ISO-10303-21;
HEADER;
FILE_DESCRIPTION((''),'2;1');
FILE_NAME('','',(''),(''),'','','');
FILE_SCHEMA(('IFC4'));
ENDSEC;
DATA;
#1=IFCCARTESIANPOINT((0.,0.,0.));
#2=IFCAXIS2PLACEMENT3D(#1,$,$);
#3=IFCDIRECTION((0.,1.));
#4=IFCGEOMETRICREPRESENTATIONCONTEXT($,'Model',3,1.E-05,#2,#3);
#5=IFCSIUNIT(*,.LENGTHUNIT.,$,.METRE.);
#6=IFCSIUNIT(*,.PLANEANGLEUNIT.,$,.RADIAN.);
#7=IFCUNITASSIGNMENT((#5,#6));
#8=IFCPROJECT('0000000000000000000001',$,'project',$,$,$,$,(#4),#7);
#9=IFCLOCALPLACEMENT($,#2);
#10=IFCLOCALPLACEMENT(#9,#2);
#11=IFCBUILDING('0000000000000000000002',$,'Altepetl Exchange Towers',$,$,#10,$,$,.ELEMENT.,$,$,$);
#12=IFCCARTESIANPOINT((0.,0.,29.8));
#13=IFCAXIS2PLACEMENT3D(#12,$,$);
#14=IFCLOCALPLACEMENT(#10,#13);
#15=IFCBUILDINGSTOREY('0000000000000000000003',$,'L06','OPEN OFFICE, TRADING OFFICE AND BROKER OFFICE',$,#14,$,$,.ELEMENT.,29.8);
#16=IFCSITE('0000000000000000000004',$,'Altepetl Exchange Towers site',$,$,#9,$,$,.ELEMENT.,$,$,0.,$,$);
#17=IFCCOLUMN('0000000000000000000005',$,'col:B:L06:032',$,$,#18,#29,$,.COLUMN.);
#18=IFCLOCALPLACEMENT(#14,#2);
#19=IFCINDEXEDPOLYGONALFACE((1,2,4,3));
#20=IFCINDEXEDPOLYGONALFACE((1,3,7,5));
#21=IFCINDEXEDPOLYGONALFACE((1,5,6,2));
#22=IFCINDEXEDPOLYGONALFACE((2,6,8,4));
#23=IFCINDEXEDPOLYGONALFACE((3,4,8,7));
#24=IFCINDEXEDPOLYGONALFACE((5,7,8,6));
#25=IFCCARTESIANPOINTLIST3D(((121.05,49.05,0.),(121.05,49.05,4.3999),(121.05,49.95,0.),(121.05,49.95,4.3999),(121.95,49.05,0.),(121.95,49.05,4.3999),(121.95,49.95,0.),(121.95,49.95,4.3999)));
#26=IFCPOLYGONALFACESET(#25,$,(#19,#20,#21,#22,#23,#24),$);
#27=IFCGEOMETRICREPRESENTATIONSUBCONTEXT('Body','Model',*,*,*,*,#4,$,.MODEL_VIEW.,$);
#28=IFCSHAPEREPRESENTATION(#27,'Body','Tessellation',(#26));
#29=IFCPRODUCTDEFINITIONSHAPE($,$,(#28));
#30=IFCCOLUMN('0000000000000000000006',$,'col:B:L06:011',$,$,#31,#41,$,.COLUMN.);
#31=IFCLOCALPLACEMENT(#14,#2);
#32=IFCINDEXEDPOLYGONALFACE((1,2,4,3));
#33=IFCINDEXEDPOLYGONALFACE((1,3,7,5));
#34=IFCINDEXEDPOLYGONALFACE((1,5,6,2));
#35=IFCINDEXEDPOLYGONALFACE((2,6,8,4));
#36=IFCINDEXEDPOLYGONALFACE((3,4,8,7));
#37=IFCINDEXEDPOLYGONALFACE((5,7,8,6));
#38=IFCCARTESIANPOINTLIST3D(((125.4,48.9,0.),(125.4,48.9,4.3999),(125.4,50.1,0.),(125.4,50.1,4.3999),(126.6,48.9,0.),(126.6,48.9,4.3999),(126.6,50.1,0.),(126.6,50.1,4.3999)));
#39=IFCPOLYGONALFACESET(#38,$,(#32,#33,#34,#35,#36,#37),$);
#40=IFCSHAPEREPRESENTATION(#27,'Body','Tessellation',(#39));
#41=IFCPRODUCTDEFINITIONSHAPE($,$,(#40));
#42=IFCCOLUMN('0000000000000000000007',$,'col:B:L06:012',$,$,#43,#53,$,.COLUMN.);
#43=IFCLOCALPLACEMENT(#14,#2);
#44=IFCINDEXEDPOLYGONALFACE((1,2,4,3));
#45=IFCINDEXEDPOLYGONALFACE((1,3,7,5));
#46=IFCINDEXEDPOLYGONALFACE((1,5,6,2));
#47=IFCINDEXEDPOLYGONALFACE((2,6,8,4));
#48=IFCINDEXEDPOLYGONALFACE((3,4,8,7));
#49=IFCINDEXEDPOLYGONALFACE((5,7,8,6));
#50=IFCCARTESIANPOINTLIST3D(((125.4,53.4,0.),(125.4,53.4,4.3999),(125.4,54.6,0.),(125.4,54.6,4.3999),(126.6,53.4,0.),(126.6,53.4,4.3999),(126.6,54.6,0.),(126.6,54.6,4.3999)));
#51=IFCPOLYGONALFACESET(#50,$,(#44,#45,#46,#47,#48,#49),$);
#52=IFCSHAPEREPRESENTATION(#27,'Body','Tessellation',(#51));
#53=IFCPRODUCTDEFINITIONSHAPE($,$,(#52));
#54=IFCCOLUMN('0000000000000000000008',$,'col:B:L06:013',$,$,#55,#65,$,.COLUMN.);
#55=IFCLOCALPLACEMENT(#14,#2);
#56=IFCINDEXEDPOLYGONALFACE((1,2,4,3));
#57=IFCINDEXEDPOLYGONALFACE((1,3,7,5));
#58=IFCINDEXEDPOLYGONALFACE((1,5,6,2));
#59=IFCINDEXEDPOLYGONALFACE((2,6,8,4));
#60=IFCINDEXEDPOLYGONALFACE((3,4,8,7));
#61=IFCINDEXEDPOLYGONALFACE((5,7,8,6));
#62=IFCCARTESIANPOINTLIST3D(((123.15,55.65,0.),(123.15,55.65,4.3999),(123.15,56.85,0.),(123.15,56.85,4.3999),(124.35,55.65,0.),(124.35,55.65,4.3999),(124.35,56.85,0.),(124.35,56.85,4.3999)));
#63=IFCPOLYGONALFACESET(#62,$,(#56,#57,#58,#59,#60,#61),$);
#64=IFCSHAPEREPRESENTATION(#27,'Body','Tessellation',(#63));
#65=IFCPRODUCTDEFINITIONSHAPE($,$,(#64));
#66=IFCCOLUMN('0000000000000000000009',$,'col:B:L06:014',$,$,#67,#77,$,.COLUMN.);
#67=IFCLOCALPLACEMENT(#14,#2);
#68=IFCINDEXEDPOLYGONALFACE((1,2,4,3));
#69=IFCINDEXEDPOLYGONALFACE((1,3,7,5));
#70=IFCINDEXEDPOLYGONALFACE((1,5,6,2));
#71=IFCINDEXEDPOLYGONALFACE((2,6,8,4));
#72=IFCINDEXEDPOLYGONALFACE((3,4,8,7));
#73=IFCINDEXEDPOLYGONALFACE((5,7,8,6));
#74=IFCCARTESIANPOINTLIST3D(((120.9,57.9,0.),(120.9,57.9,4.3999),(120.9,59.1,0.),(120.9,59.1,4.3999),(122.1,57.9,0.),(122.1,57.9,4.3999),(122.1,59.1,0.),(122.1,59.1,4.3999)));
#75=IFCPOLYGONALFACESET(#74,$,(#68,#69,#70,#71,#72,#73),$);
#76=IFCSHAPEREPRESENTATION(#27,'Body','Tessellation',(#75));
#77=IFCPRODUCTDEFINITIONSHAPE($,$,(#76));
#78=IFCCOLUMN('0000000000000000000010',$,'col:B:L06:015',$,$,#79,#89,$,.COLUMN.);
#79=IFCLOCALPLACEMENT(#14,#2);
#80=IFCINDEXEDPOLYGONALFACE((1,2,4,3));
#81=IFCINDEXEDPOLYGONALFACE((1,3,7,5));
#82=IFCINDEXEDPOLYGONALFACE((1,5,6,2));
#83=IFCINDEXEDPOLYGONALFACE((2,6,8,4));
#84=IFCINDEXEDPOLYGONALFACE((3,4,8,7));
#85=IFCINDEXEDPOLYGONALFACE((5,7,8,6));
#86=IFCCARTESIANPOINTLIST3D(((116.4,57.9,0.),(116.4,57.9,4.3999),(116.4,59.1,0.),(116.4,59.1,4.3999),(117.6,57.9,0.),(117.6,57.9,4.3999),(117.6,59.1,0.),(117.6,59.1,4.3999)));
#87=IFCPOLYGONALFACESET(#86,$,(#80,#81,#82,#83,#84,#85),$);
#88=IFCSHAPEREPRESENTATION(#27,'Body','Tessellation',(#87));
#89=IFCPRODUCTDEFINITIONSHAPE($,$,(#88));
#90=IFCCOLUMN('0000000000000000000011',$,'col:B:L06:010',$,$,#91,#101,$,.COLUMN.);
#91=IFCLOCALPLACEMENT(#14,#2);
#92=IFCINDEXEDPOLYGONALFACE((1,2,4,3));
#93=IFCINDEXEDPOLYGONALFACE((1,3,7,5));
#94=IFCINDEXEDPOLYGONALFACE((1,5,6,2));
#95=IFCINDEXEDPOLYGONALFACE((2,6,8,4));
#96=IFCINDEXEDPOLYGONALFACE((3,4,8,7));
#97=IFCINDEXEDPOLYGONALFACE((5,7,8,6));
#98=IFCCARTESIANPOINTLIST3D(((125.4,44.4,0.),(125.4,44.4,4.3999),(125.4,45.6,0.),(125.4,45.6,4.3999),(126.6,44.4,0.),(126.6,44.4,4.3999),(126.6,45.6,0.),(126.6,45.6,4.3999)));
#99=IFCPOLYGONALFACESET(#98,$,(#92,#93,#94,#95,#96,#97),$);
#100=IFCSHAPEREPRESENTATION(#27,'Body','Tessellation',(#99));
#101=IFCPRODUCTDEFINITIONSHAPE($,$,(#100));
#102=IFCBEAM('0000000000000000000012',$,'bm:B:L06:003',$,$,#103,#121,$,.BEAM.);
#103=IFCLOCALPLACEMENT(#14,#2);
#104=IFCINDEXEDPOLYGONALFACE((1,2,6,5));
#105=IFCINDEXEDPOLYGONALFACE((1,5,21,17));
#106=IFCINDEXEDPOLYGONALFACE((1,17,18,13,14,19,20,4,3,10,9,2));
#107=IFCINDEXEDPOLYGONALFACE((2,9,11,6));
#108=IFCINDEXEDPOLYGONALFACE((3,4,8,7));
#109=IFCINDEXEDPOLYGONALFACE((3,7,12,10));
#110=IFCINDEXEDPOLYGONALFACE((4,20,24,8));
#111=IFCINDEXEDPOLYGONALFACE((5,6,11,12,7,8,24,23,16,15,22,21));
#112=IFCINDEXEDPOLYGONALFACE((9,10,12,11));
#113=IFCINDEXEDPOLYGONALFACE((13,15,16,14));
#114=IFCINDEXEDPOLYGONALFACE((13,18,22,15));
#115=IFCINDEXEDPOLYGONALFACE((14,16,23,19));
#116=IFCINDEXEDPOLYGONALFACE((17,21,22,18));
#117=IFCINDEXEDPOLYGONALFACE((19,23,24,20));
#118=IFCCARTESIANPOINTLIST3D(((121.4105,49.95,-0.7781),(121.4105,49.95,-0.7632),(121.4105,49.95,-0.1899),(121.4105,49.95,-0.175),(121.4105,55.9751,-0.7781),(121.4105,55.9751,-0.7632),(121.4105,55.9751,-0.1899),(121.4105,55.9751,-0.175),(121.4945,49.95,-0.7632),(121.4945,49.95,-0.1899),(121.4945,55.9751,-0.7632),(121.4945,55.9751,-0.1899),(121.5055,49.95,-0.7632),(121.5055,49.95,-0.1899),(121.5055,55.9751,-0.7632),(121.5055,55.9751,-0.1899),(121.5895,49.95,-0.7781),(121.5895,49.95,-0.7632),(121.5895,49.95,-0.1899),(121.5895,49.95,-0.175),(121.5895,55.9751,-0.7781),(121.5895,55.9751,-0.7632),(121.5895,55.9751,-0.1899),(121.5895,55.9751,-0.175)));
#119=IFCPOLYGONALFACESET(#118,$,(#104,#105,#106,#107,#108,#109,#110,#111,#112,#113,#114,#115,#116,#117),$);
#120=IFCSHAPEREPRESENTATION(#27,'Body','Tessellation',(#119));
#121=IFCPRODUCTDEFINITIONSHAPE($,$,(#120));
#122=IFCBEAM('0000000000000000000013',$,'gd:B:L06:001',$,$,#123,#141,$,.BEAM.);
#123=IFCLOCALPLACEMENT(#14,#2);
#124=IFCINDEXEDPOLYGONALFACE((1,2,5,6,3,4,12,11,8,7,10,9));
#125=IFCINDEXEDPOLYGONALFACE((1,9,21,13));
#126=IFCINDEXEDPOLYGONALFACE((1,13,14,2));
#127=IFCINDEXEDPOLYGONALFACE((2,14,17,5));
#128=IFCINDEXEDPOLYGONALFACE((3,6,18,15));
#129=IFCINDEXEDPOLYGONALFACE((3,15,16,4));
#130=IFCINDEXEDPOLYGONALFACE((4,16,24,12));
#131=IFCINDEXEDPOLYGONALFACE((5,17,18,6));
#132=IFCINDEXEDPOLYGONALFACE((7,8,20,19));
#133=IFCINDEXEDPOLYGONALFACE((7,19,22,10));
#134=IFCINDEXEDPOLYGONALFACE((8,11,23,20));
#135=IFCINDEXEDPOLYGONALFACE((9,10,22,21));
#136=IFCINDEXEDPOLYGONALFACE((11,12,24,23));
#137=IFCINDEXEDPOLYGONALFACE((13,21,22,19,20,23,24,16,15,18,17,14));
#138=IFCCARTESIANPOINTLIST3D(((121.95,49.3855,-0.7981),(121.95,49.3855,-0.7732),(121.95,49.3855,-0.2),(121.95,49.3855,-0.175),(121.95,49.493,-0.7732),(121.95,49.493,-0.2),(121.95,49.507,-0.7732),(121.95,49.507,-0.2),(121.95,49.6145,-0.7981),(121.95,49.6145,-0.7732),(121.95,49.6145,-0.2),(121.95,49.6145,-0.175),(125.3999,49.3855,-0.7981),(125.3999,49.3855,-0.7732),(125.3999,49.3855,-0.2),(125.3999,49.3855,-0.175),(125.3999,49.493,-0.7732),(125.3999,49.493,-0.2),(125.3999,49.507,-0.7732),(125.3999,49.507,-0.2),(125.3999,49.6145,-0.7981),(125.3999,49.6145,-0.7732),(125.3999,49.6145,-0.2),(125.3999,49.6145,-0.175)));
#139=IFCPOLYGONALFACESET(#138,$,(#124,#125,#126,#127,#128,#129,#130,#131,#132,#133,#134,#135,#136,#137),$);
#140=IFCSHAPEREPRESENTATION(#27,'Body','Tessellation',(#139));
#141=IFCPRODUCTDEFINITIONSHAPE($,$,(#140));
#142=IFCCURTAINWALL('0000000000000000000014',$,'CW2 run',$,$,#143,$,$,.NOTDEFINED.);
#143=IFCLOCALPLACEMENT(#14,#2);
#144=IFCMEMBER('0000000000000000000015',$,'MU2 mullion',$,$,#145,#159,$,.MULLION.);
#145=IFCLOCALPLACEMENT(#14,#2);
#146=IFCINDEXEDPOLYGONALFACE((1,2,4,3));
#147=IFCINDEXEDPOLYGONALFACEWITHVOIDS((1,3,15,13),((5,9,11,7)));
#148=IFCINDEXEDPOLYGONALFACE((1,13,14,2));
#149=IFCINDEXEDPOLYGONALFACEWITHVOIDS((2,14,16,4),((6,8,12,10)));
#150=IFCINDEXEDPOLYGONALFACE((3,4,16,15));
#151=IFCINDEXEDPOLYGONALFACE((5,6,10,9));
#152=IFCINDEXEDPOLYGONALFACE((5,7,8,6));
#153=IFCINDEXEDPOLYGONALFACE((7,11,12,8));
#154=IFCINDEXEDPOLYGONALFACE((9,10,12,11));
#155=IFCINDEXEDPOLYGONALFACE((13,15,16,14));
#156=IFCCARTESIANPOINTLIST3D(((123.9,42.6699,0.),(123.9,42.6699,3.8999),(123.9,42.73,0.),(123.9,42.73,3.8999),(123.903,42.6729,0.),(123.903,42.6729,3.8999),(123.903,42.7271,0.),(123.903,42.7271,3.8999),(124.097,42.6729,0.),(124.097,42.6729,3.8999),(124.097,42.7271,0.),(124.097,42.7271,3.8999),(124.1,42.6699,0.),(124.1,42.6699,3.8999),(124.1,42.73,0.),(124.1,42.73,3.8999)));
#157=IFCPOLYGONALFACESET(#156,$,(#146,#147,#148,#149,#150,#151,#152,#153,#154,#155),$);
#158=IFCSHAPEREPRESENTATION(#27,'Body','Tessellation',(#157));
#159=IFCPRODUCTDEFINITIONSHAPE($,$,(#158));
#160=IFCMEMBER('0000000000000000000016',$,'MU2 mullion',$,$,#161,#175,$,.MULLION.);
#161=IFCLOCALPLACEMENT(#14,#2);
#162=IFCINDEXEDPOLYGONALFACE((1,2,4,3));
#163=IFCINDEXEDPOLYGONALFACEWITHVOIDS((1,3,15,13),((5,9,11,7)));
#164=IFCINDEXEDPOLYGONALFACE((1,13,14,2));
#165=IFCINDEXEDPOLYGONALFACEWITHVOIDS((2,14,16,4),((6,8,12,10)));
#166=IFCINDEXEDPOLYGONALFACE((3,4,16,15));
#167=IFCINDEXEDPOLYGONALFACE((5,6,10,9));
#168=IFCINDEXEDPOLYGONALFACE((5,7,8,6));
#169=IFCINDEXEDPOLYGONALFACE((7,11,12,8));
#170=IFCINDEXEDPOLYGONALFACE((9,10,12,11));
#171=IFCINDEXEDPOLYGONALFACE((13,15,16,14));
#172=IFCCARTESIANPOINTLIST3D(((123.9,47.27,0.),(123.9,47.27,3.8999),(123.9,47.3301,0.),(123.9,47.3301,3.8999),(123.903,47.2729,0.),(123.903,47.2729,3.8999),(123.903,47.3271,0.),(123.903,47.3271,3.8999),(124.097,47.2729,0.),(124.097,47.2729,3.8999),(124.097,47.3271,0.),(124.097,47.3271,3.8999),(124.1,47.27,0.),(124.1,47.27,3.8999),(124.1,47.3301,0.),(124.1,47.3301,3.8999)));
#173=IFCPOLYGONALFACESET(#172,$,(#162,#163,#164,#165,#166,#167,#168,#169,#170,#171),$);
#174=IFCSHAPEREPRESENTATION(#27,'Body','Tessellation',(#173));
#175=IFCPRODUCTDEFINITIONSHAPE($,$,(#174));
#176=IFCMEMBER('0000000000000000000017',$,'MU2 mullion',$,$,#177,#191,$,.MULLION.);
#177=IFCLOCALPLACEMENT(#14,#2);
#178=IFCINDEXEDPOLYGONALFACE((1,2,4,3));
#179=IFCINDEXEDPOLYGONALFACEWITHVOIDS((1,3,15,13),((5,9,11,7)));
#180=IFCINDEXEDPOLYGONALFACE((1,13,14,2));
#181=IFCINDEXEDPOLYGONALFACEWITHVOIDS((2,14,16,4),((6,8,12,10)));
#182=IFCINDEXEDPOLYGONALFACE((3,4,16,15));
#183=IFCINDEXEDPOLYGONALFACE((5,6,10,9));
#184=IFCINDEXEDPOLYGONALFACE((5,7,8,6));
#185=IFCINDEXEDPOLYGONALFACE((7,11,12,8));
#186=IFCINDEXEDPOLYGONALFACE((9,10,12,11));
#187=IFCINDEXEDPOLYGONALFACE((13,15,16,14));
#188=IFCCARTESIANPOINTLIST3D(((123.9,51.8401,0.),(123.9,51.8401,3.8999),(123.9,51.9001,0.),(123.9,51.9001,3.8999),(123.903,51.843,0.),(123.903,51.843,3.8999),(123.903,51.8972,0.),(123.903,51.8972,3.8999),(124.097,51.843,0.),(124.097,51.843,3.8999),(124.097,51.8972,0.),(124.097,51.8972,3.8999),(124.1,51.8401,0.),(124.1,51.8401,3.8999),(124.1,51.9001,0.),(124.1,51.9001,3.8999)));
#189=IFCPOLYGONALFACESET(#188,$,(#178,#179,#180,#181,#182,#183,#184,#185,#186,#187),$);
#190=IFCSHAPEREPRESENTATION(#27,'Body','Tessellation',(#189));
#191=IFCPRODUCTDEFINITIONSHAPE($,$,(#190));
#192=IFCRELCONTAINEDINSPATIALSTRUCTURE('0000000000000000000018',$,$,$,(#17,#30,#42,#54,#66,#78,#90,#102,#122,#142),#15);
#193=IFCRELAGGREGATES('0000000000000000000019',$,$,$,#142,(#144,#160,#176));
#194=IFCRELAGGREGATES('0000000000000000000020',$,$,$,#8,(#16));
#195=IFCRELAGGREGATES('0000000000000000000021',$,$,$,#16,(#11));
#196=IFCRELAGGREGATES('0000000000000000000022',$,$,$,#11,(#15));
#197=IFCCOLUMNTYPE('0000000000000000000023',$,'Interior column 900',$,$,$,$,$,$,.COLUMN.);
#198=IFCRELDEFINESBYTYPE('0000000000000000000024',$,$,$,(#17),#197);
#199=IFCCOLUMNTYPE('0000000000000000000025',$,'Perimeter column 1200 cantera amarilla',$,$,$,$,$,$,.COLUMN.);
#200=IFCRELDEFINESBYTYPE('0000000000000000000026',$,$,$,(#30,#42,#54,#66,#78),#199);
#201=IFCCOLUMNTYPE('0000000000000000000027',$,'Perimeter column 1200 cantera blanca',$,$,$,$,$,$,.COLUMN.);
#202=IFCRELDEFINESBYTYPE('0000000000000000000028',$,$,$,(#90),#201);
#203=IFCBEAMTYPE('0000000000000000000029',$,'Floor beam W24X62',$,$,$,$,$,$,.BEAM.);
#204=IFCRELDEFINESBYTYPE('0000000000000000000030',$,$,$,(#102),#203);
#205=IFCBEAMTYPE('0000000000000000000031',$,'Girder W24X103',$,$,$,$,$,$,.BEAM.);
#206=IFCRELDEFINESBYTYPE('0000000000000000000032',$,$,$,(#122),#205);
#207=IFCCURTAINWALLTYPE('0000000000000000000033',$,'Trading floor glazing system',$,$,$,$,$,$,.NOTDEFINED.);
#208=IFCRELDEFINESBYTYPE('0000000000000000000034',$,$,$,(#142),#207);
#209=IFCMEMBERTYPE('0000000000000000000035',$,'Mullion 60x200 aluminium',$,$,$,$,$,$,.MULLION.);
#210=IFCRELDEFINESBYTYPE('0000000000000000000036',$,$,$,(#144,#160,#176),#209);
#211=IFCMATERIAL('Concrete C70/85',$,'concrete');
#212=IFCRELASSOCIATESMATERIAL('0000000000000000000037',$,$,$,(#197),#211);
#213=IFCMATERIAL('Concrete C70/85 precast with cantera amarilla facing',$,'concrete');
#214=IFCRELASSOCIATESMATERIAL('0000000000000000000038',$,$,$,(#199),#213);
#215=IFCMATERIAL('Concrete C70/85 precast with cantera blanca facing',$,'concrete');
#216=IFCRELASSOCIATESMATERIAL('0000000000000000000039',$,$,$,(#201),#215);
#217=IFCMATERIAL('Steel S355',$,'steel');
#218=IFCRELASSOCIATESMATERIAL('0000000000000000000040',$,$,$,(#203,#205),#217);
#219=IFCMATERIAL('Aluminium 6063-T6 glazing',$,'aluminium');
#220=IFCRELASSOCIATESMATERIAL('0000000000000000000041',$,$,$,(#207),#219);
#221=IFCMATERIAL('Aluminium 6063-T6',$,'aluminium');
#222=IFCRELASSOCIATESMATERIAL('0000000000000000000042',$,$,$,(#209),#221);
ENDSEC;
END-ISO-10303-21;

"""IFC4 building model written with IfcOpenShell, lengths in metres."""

from ifc_helpers import new_model, si_unit, direction, frame, origin, origin_2d, place, context, subcontext, project, spatial, rectangle, hollow_rectangle, i_section, extrude, material, material_profile, profile_set, type_object, element, aggregate, save


model = new_model("IFC4")

# Units and contexts
model_context = context("Model", 3, precision=1e-05, world=origin(), true_north=direction((0.0, 1.0)))
body_context = subcontext(model_context, "Body", "Model", "MODEL_VIEW")
ifc_project = project(units=[si_unit("LENGTHUNIT", "METRE"), si_unit("PLANEANGLEUNIT", "RADIAN")], contexts=[model_context])

# Site, building, storey
site_placement = place(None, origin())
site = spatial("IfcSite", under=ifc_project, at=site_placement, Name="Altepetl Exchange Towers site", CompositionType="ELEMENT", RefElevation=0.0)
building_placement = place(site_placement, origin())
building = spatial("IfcBuilding", under=site, at=building_placement, Name="Altepetl Exchange Towers", CompositionType="ELEMENT")
storey_placement = place(building_placement, frame((0.0, 0.0, 29.8)))
storey = spatial("IfcBuildingStorey", under=building, at=storey_placement, Name="L06", Description="OPEN OFFICE, TRADING OFFICE AND BROKER OFFICE", CompositionType="ELEMENT", Elevation=29.8)

# Columns
ifc_material_1 = material(Name="Concrete C70/85", Category="concrete")
ifc_material_profile_1 = material_profile(ifc_material_1, rectangle(XDim=0.8999, YDim=0.8999, at=origin_2d()), Name="900 x 900")
ifc_profile_set_1 = profile_set([ifc_material_profile_1], Name="Concrete C70/85")
column_type_1 = type_object("IfcColumnType", Name="Interior column 900", PredefinedType="COLUMN", material=ifc_profile_set_1)
column_1_placement = place(storey_placement, frame((121.5, 49.5, 0.0)))
element("IfcColumn", 1, at=column_1_placement, inside=storey, type_object=column_type_1, Name="col:B:L06:032", PredefinedType="COLUMN", context=body_context, shape_type="SweptSolid", body=[
    extrude(rectangle(XDim=0.8999, YDim=0.8999, at=origin_2d()), origin(), (0.0, 0.0, 1.0), 4.3999),
])
ifc_material_2 = material(Name="Concrete C70/85 precast with cantera amarilla facing", Category="concrete")
ifc_material_profile_2 = material_profile(ifc_material_2, rectangle(XDim=1.2, YDim=1.2, at=origin_2d()), Name="1200 x 1200")
ifc_profile_set_2 = profile_set([ifc_material_profile_2], Name="Concrete C70/85 precast with cantera amarilla facing")
column_type_2 = type_object("IfcColumnType", Name="Perimeter column 1200 cantera amarilla", PredefinedType="COLUMN", material=ifc_profile_set_2)
for number, where, name in (
    (2, (126.0, 49.5, 0.0), "col:B:L06:011"),
    (3, (126.0, 54.0, 0.0), "col:B:L06:012"),
    (4, (123.75, 56.25, 0.0), "col:B:L06:013"),
    (5, (121.5, 58.5, 0.0), "col:B:L06:014"),
    (6, (117.0, 58.5, 0.0), "col:B:L06:015"),
):
    element("IfcColumn", number, at=place(storey_placement, frame(where)), inside=storey, type_object=column_type_2, Name=name, PredefinedType="COLUMN", context=body_context, shape_type="SweptSolid", body=[
        extrude(rectangle(XDim=1.2, YDim=1.2, at=origin_2d()), origin(), (0.0, 0.0, 1.0), 4.3999),
    ])
ifc_material_3 = material(Name="Concrete C70/85 precast with cantera blanca facing", Category="concrete")
ifc_material_profile_3 = material_profile(ifc_material_3, rectangle(XDim=1.2, YDim=1.2, at=origin_2d()), Name="1200 x 1200")
ifc_profile_set_3 = profile_set([ifc_material_profile_3], Name="Concrete C70/85 precast with cantera blanca facing")
column_type_3 = type_object("IfcColumnType", Name="Perimeter column 1200 cantera blanca", PredefinedType="COLUMN", material=ifc_profile_set_3)
column_2_placement = place(storey_placement, frame((126.0, 45.0, 0.0)))
element("IfcColumn", 7, at=column_2_placement, inside=storey, type_object=column_type_3, Name="col:B:L06:010", PredefinedType="COLUMN", context=body_context, shape_type="SweptSolid", body=[
    extrude(rectangle(XDim=1.2, YDim=1.2, at=origin_2d()), origin(), (0.0, 0.0, 1.0), 4.3999),
])

# Beams
ifc_material_4 = material(Name="Steel S355", Category="steel")
ifc_material_profile_4 = material_profile(ifc_material_4, i_section(OverallWidth=0.179, OverallDepth=0.603, WebThickness=0.011, FlangeThickness=0.0149, at=origin_2d()), Name="W24X62")
ifc_profile_set_4 = profile_set([ifc_material_profile_4], Name="Steel S355")
beam_type_1 = type_object("IfcBeamType", Name="Floor beam W24X62", PredefinedType="BEAM", material=ifc_profile_set_4)
beam_1_placement = place(storey_placement, frame((121.5, 49.95, -0.4766), z_axis=(0.0, 1.0, 0.0), x_axis=(-1.0, 0.0, 0.0)))
element("IfcBeam", 8, at=beam_1_placement, inside=storey, type_object=beam_type_1, Name="bm:B:L06:003", PredefinedType="BEAM", context=body_context, shape_type="SweptSolid", body=[
    extrude(i_section(OverallWidth=0.179, OverallDepth=0.603, WebThickness=0.011, FlangeThickness=0.0149, at=origin_2d()), origin(), (0.0, 0.0, 1.0), 6.0251),
])
ifc_material_profile_5 = material_profile(ifc_material_4, i_section(OverallWidth=0.229, OverallDepth=0.623, WebThickness=0.0139, FlangeThickness=0.0249, at=origin_2d()), Name="W24X103")
ifc_profile_set_5 = profile_set([ifc_material_profile_5], Name="Steel S355")
beam_type_2 = type_object("IfcBeamType", Name="Girder W24X103", PredefinedType="BEAM", material=ifc_profile_set_5)
beam_2_placement = place(storey_placement, frame((121.95, 49.5, -0.4866), z_axis=(1.0, 0.0, 0.0), x_axis=(0.0, 1.0, 0.0)))
element("IfcBeam", 9, at=beam_2_placement, inside=storey, type_object=beam_type_2, Name="gd:B:L06:001", PredefinedType="BEAM", context=body_context, shape_type="SweptSolid", body=[
    extrude(i_section(OverallWidth=0.229, OverallDepth=0.623, WebThickness=0.0139, FlangeThickness=0.0249, at=origin_2d()), origin(), (0.0, 0.0, 1.0), 3.45),
])

# Curtain wall, members
ifc_material_5 = material(Name="Aluminium 6063-T6 glazing", Category="aluminium")
curtain_wall_type = type_object("IfcCurtainWallType", Name="Trading floor glazing system", PredefinedType="NOTDEFINED", material=ifc_material_5)
curtain_wall_1_placement = place(storey_placement, origin())
curtain_wall_1 = element("IfcCurtainWall", 10, at=curtain_wall_1_placement, inside=storey, type_object=curtain_wall_type, Name="CW2 run", PredefinedType="NOTDEFINED")
ifc_material_6 = material(Name="Aluminium 6063-T6", Category="aluminium")
ifc_material_profile_6 = material_profile(ifc_material_6, hollow_rectangle(XDim=0.0601, YDim=0.2, WallThickness=0.0029, at=origin_2d()), Name="Mullion 60x200 aluminium")
ifc_profile_set_6 = profile_set([ifc_material_profile_6], Name="Aluminium 6063-T6")
member_type = type_object("IfcMemberType", Name="Mullion 60x200 aluminium", PredefinedType="MULLION", material=ifc_profile_set_6)
member_1_placement = place(storey_placement, frame((124.0, 42.7, 0.0), z_axis=(0.0, 0.0, 1.0), x_axis=(0.0, 1.0, 0.0)))
member_1 = element("IfcMember", 11, at=member_1_placement, type_object=member_type, Name="MU2 mullion", PredefinedType="MULLION", context=body_context, shape_type="SweptSolid", body=[
    extrude(hollow_rectangle(XDim=0.0601, YDim=0.2, WallThickness=0.0029, at=origin_2d()), origin(), (0.0, 0.0, 1.0), 3.8999),
])
member_2_placement = place(storey_placement, frame((124.0, 47.3, 0.0), z_axis=(0.0, 0.0, 1.0), x_axis=(0.0, 1.0, 0.0)))
member_2 = element("IfcMember", 12, at=member_2_placement, type_object=member_type, Name="MU2 mullion", PredefinedType="MULLION", context=body_context, shape_type="SweptSolid", body=[
    extrude(hollow_rectangle(XDim=0.0601, YDim=0.2, WallThickness=0.0029, at=origin_2d()), origin(), (0.0, 0.0, 1.0), 3.8999),
])
member_3_placement = place(storey_placement, frame((124.0, 51.8701, 0.0), z_axis=(0.0, 0.0, 1.0), x_axis=(0.0, 1.0, 0.0)))
member_3 = element("IfcMember", 13, at=member_3_placement, type_object=member_type, Name="MU2 mullion", PredefinedType="MULLION", context=body_context, shape_type="SweptSolid", body=[
    extrude(hollow_rectangle(XDim=0.0601, YDim=0.2, WallThickness=0.0029, at=origin_2d()), origin(), (0.0, 0.0, 1.0), 3.8999),
])

aggregate(curtain_wall_1, [member_1, member_2, member_3])

save(model, "model.ifc")
